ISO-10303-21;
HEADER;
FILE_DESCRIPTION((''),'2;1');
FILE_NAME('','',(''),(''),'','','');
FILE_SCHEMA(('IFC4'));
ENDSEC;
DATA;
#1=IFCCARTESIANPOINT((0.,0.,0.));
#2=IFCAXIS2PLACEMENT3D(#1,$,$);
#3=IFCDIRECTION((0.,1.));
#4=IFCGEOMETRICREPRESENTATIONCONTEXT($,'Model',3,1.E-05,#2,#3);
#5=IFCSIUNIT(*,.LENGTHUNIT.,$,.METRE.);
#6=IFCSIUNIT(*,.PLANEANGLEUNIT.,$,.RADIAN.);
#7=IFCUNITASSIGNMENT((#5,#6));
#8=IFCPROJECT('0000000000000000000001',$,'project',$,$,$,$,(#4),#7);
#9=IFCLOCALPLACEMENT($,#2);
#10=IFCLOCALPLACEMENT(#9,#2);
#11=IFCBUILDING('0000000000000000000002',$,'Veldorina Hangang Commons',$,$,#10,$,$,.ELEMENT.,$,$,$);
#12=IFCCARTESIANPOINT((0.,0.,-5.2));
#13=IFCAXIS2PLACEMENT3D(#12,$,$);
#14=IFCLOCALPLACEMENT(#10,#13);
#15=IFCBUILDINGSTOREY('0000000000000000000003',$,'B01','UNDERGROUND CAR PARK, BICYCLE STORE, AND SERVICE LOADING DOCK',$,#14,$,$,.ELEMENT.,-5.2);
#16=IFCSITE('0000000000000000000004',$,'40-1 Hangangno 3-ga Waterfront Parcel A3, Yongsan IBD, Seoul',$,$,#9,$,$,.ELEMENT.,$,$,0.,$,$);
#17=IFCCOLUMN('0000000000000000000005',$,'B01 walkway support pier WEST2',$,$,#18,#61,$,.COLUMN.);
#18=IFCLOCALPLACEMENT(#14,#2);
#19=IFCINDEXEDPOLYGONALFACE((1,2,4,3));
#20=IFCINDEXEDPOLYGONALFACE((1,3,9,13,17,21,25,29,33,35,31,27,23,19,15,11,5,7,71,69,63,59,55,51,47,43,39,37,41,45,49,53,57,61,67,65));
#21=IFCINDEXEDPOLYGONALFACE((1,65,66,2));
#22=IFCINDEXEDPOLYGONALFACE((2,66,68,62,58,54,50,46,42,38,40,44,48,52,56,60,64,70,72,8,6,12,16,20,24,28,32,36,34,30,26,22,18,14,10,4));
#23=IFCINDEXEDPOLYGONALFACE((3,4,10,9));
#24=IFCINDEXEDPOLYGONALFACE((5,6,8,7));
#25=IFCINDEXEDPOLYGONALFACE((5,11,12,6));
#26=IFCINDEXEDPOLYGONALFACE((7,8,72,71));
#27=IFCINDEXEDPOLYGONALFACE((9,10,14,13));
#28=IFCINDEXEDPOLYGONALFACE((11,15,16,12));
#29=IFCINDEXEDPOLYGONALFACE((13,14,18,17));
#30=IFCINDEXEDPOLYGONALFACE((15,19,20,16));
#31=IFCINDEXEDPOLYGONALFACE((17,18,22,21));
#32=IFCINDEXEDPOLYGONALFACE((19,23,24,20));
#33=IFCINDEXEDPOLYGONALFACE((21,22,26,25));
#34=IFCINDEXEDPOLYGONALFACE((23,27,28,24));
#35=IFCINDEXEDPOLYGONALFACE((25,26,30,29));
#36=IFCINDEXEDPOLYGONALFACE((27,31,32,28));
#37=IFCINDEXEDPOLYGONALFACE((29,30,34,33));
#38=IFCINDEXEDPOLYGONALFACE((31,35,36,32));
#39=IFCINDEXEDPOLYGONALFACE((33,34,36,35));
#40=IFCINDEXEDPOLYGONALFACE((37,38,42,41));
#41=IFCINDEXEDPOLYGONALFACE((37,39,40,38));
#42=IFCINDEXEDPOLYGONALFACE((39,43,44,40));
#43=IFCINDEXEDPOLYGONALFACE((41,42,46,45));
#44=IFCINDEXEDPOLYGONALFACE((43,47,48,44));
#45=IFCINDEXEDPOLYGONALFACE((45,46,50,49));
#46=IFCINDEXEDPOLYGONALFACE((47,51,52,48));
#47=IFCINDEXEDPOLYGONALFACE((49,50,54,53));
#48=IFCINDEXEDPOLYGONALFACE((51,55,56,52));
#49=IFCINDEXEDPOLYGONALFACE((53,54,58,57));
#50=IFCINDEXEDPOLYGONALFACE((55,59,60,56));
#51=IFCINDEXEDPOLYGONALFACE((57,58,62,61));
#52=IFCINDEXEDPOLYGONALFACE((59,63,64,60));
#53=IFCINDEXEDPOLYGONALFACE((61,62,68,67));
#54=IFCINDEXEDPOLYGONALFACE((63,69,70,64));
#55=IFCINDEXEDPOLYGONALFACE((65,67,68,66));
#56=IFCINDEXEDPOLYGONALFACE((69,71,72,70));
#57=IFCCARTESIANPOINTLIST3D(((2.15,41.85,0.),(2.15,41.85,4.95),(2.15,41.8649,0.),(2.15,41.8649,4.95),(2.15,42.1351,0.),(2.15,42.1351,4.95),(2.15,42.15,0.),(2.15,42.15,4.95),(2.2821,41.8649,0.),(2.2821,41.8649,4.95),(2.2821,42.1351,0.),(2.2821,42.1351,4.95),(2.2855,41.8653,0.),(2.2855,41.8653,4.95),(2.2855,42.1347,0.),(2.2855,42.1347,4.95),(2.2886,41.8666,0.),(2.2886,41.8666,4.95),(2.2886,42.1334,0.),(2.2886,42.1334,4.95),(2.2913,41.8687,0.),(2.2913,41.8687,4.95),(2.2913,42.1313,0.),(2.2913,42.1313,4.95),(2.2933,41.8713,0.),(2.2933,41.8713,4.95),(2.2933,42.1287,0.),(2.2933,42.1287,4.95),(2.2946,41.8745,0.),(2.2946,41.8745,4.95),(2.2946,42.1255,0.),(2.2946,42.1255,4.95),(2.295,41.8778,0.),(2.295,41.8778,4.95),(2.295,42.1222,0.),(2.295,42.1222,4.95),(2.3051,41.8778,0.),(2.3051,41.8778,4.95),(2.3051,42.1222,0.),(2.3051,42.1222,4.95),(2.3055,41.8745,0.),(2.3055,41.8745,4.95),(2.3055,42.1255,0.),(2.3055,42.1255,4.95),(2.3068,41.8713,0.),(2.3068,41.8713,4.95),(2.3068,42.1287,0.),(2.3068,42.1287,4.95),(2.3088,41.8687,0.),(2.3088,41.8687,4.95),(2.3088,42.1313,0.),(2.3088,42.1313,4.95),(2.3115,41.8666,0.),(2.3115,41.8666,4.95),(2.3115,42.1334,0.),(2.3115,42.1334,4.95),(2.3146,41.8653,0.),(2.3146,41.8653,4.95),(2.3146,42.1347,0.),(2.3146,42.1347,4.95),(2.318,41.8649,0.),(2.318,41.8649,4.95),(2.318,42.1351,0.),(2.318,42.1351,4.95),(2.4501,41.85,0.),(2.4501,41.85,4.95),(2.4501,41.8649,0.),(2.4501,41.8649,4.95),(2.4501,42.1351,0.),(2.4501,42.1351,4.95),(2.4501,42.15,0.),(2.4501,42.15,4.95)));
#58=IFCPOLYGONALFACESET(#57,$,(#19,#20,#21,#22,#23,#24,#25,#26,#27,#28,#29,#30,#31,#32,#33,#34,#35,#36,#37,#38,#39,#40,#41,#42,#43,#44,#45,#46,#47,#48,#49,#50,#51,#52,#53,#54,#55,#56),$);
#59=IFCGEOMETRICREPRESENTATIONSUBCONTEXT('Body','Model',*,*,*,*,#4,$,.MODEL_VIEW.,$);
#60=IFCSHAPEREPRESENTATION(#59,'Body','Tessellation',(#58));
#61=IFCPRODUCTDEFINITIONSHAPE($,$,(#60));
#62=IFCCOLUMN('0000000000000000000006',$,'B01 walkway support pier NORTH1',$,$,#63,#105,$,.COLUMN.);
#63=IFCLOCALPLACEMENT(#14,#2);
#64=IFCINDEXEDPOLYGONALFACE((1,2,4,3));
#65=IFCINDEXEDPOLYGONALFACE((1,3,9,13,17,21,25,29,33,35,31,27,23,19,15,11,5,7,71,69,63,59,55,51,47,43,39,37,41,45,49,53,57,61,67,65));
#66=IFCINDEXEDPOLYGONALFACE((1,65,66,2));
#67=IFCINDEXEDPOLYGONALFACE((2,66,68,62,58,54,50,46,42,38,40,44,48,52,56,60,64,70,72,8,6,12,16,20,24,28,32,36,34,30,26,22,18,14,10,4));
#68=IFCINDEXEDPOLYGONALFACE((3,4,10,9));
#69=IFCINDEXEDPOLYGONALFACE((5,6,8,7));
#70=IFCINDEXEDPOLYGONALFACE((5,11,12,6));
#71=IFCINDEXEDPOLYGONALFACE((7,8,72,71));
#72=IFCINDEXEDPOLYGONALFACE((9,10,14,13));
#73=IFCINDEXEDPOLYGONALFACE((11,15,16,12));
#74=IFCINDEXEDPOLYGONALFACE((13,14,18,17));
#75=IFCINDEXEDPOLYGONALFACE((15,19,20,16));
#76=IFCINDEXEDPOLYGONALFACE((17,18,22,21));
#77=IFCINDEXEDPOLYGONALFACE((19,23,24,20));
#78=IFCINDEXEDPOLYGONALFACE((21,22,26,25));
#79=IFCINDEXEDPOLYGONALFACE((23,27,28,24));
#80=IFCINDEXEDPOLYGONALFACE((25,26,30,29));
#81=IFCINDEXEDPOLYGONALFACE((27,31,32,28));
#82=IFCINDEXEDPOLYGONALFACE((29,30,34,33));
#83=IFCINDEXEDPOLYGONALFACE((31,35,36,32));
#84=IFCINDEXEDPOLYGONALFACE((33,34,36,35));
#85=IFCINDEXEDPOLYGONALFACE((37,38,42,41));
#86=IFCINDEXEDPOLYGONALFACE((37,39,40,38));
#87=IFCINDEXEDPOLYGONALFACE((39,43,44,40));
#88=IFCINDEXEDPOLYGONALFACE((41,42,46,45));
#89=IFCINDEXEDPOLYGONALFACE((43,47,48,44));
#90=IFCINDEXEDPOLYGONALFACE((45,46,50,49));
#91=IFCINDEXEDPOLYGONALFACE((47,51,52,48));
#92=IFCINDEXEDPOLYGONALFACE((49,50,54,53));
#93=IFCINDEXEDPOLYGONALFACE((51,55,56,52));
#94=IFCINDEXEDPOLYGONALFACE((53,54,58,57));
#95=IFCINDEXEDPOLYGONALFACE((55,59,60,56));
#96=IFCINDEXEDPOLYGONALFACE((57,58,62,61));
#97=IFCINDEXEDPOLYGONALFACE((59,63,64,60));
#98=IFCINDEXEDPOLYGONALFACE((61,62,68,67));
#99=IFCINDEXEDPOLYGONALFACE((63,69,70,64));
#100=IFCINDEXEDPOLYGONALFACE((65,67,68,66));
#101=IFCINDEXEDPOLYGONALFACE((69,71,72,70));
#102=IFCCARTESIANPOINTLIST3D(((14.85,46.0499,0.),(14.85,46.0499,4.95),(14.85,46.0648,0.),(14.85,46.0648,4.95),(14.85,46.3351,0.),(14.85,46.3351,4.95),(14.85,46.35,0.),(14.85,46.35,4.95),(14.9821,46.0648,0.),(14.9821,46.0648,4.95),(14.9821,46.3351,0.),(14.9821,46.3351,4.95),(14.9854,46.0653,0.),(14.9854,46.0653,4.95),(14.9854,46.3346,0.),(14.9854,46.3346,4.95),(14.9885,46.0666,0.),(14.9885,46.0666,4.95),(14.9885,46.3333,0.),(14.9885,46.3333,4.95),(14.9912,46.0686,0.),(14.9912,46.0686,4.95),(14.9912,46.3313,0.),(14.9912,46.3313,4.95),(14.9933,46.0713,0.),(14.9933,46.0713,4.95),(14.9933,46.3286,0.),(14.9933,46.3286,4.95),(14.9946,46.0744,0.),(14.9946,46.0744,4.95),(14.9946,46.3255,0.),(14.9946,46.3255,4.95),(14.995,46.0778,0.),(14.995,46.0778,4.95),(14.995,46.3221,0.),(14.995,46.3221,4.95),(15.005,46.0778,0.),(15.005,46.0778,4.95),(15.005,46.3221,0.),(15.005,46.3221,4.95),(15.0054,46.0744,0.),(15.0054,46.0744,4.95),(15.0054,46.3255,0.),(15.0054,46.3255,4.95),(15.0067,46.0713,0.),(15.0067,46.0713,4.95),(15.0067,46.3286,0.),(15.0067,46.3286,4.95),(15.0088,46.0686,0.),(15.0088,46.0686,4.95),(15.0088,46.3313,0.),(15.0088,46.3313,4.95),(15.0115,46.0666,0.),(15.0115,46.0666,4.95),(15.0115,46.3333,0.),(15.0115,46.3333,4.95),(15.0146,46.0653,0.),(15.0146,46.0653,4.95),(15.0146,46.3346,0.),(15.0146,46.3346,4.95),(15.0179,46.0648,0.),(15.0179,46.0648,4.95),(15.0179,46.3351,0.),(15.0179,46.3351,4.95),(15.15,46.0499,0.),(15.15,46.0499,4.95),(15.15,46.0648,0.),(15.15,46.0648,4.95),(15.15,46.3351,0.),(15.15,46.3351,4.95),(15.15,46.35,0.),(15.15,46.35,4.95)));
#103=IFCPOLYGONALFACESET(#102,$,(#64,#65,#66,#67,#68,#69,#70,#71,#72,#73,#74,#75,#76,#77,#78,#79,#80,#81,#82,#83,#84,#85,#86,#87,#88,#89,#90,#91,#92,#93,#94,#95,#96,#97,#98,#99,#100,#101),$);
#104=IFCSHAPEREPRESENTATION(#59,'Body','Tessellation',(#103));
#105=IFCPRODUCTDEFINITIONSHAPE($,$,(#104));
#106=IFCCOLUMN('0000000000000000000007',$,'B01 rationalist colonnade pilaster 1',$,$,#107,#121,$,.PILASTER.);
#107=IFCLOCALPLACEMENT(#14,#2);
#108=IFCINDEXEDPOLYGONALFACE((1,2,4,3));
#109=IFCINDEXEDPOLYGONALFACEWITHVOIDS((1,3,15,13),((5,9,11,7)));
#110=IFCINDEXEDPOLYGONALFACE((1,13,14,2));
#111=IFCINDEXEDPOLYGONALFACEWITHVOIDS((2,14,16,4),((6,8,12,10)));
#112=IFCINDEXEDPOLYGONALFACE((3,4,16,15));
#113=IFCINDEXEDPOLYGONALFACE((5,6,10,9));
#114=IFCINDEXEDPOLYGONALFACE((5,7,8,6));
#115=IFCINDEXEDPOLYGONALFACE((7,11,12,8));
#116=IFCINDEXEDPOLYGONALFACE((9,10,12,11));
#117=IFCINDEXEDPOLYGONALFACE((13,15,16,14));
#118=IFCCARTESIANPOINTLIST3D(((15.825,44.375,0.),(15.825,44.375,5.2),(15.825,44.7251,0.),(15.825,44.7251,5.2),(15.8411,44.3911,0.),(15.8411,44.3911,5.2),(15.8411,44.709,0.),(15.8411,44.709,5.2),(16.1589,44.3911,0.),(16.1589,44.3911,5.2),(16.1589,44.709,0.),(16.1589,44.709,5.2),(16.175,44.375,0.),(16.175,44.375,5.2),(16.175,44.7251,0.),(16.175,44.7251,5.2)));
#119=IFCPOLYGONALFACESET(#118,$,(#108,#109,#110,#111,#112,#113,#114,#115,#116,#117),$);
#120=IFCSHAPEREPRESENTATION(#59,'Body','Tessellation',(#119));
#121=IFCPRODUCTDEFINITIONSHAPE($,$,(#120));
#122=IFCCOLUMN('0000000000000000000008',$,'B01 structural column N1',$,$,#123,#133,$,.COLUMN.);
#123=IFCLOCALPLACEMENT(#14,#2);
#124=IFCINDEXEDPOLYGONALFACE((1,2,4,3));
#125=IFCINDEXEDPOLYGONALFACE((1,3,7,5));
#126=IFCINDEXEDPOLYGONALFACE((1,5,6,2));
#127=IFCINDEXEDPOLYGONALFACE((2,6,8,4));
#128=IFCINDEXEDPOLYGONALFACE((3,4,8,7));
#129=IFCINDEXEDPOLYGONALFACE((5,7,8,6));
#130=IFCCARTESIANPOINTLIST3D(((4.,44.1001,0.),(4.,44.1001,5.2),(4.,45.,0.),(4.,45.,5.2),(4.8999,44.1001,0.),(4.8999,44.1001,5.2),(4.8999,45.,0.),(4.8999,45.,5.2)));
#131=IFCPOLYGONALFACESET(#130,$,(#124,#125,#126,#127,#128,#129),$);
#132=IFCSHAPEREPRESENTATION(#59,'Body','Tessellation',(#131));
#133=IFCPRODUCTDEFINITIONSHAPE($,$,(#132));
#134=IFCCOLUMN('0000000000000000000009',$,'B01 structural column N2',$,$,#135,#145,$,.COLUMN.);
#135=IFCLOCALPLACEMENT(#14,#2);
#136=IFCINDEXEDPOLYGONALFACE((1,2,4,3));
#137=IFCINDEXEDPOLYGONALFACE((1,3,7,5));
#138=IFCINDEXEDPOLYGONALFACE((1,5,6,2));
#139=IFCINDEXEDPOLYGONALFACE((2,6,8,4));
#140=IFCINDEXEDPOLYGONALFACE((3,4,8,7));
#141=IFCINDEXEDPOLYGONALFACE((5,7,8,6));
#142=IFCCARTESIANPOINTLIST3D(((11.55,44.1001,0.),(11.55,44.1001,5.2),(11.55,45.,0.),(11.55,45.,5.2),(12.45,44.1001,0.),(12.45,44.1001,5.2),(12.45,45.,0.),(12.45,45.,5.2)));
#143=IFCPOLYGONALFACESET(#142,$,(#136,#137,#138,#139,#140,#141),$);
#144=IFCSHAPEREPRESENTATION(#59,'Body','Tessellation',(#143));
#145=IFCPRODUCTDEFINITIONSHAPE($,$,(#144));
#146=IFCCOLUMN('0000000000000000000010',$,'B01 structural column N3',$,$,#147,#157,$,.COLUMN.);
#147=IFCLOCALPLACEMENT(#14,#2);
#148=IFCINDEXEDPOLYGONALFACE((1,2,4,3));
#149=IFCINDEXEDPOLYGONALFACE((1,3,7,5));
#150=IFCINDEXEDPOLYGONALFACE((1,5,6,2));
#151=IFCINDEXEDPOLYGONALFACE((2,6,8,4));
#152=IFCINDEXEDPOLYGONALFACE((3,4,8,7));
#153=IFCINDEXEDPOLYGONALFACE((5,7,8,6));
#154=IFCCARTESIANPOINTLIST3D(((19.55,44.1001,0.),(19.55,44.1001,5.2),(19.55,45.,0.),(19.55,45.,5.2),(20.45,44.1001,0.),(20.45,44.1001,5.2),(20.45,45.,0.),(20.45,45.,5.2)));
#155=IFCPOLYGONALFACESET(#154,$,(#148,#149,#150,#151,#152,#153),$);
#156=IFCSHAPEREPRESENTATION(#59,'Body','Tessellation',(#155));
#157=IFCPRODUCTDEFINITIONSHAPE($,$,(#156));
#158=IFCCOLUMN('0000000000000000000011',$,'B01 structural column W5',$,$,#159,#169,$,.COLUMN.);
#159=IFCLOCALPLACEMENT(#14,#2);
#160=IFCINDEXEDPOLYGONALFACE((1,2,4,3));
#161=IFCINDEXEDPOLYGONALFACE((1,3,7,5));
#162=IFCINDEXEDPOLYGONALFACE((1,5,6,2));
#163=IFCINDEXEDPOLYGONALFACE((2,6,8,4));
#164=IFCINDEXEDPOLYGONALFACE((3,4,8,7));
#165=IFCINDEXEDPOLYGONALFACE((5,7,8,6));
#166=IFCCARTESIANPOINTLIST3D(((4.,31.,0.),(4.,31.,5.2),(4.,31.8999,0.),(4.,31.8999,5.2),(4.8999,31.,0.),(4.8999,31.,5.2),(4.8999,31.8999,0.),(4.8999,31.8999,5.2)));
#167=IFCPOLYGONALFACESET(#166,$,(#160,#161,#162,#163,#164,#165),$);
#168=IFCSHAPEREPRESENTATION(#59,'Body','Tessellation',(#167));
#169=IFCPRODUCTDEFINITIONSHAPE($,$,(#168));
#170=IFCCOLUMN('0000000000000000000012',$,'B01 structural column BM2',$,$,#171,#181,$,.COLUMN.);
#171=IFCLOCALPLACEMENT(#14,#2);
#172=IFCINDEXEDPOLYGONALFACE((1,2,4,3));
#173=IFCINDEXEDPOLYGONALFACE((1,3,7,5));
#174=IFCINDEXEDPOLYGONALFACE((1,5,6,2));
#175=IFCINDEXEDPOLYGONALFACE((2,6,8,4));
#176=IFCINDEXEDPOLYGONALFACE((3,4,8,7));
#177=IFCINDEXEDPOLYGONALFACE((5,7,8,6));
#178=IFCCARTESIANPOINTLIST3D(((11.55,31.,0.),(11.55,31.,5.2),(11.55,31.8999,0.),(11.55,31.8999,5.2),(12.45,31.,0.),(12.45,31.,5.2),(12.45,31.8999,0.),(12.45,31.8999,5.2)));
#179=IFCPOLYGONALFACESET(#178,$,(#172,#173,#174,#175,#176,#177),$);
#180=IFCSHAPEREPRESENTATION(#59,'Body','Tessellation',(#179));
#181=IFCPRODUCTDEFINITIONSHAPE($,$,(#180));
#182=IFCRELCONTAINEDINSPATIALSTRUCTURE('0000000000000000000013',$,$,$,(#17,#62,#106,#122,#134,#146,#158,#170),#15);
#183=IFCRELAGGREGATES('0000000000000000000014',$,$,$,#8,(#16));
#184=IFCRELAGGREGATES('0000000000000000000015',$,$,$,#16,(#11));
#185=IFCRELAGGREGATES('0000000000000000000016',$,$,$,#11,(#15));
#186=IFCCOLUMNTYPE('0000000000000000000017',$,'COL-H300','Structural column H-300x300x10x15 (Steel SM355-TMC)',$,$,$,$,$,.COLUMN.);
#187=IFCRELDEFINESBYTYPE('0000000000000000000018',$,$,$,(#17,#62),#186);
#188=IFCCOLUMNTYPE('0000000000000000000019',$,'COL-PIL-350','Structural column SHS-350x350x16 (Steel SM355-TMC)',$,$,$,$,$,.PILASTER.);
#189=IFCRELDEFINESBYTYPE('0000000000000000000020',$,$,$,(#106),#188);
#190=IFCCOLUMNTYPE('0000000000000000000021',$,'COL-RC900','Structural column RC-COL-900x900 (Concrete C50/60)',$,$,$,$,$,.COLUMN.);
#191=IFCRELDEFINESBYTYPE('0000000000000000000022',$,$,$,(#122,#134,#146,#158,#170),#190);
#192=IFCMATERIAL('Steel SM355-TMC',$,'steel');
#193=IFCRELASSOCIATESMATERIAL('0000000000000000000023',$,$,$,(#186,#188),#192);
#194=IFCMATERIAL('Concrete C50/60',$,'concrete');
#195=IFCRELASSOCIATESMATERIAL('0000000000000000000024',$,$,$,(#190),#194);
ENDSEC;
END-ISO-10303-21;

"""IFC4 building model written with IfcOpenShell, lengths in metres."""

from ifc_helpers import new_model, si_unit, direction, frame, origin, origin_2d, place, context, subcontext, project, spatial, rectangle, hollow_rectangle, i_section, extrude, material, material_profile, profile_set, type_object, element, save


model = new_model("IFC4")

# Units and contexts
model_context = context("Model", 3, precision=1e-05, world=origin(), true_north=direction((0.0, 1.0)))
body_context = subcontext(model_context, "Body", "Model", "MODEL_VIEW")
ifc_project = project(units=[si_unit("LENGTHUNIT", "METRE"), si_unit("PLANEANGLEUNIT", "RADIAN")], contexts=[model_context])

# Site, building, storey
site_placement = place(None, origin())
site = spatial("IfcSite", under=ifc_project, at=site_placement, Name="40-1 Hangangno 3-ga Waterfront Parcel A3, Yongsan IBD, Seoul", CompositionType="ELEMENT", RefElevation=0.0)
building_placement = place(site_placement, origin())
building = spatial("IfcBuilding", under=site, at=building_placement, Name="Veldorina Hangang Commons", CompositionType="ELEMENT")
storey_placement = place(building_placement, frame((0.0, 0.0, -5.2)))
storey = spatial("IfcBuildingStorey", under=building, at=storey_placement, Name="B01", Description="UNDERGROUND CAR PARK, BICYCLE STORE, AND SERVICE LOADING DOCK", CompositionType="ELEMENT", Elevation=-5.2)

# Columns
ifc_material_1 = material(Name="Steel SM355-TMC", Category="steel")
ifc_material_profile_1 = material_profile(ifc_material_1, i_section(OverallWidth=0.3, OverallDepth=0.3, WebThickness=0.01, FlangeThickness=0.0149, FilletRadius=0.0129, at=origin_2d()), Name="H-300x300x10x15")
ifc_profile_set_1 = profile_set([ifc_material_profile_1], Name="Steel SM355-TMC")
column_type_1 = type_object("IfcColumnType", Name="COL-H300", Description="Structural column H-300x300x10x15 (Steel SM355-TMC)", PredefinedType="COLUMN", material=ifc_profile_set_1)
for number, where, z_axis, x_axis, name in (
    (1, (2.3, 42.0, 0.0), (0.0, 0.0, 1.0), (1.0, 0.0, 0.0), "B01 walkway support pier WEST2"),
    (2, (15.0, 46.2, 0.0), (0.0, 0.0, 1.0), (1.0, 0.0, 0.0), "B01 walkway support pier NORTH1"),
):
    element("IfcColumn", number, at=place(storey_placement, frame(where, z_axis=z_axis, x_axis=x_axis)), inside=storey, type_object=column_type_1, Name=name, PredefinedType="COLUMN", context=body_context, shape_type="SweptSolid", body=[
        extrude(i_section(OverallWidth=0.3, OverallDepth=0.3, WebThickness=0.01, FlangeThickness=0.0149, FilletRadius=0.0129, at=origin_2d()), origin(), (0.0, 0.0, 1.0), 4.95),
    ])
ifc_material_profile_2 = material_profile(ifc_material_1, hollow_rectangle(XDim=0.3501, YDim=0.3501, WallThickness=0.0161, at=origin_2d()), Name="SHS-350x350x16")
ifc_profile_set_2 = profile_set([ifc_material_profile_2], Name="Steel SM355-TMC")
column_type_2 = type_object("IfcColumnType", Name="COL-PIL-350", Description="Structural column SHS-350x350x16 (Steel SM355-TMC)", PredefinedType="PILASTER", material=ifc_profile_set_2)
column_placement = place(storey_placement, frame((16.0, 44.55, 0.0), z_axis=(0.0, 0.0, 1.0), x_axis=(1.0, 0.0, 0.0)))
element("IfcColumn", 3, at=column_placement, inside=storey, type_object=column_type_2, Name="B01 rationalist colonnade pilaster 1", PredefinedType="PILASTER", context=body_context, shape_type="SweptSolid", body=[
    extrude(hollow_rectangle(XDim=0.3501, YDim=0.3501, WallThickness=0.0161, at=origin_2d()), origin(), (0.0, 0.0, 1.0), 5.2),
])
ifc_material_2 = material(Name="Concrete C50/60", Category="concrete")
ifc_material_profile_3 = material_profile(ifc_material_2, rectangle(XDim=0.8999, YDim=0.8999, at=origin_2d()), Name="RC-COL-900x900")
ifc_profile_set_3 = profile_set([ifc_material_profile_3], Name="Concrete C50/60")
column_type_3 = type_object("IfcColumnType", Name="COL-RC900", Description="Structural column RC-COL-900x900 (Concrete C50/60)", PredefinedType="COLUMN", material=ifc_profile_set_3)
for number, where, z_axis, x_axis, name in (
    (4, (4.45, 44.55, 0.0), (0.0, 0.0, 1.0), (1.0, 0.0, 0.0), "B01 structural column N1"),
    (5, (12.0, 44.55, 0.0), (0.0, 0.0, 1.0), (1.0, 0.0, 0.0), "B01 structural column N2"),
    (6, (20.0, 44.55, 0.0), (0.0, 0.0, 1.0), (1.0, 0.0, 0.0), "B01 structural column N3"),
    (7, (4.45, 31.45, 0.0), (0.0, 0.0, 1.0), (1.0, 0.0, 0.0), "B01 structural column W5"),
    (8, (12.0, 31.45, 0.0), (0.0, 0.0, 1.0), (1.0, 0.0, 0.0), "B01 structural column BM2"),
):
    element("IfcColumn", number, at=place(storey_placement, frame(where, z_axis=z_axis, x_axis=x_axis)), inside=storey, type_object=column_type_3, Name=name, PredefinedType="COLUMN", context=body_context, shape_type="SweptSolid", body=[
        extrude(rectangle(XDim=0.8999, YDim=0.8999, at=origin_2d()), origin(), (0.0, 0.0, 1.0), 5.2),
    ])

save(model, "model.ifc")
